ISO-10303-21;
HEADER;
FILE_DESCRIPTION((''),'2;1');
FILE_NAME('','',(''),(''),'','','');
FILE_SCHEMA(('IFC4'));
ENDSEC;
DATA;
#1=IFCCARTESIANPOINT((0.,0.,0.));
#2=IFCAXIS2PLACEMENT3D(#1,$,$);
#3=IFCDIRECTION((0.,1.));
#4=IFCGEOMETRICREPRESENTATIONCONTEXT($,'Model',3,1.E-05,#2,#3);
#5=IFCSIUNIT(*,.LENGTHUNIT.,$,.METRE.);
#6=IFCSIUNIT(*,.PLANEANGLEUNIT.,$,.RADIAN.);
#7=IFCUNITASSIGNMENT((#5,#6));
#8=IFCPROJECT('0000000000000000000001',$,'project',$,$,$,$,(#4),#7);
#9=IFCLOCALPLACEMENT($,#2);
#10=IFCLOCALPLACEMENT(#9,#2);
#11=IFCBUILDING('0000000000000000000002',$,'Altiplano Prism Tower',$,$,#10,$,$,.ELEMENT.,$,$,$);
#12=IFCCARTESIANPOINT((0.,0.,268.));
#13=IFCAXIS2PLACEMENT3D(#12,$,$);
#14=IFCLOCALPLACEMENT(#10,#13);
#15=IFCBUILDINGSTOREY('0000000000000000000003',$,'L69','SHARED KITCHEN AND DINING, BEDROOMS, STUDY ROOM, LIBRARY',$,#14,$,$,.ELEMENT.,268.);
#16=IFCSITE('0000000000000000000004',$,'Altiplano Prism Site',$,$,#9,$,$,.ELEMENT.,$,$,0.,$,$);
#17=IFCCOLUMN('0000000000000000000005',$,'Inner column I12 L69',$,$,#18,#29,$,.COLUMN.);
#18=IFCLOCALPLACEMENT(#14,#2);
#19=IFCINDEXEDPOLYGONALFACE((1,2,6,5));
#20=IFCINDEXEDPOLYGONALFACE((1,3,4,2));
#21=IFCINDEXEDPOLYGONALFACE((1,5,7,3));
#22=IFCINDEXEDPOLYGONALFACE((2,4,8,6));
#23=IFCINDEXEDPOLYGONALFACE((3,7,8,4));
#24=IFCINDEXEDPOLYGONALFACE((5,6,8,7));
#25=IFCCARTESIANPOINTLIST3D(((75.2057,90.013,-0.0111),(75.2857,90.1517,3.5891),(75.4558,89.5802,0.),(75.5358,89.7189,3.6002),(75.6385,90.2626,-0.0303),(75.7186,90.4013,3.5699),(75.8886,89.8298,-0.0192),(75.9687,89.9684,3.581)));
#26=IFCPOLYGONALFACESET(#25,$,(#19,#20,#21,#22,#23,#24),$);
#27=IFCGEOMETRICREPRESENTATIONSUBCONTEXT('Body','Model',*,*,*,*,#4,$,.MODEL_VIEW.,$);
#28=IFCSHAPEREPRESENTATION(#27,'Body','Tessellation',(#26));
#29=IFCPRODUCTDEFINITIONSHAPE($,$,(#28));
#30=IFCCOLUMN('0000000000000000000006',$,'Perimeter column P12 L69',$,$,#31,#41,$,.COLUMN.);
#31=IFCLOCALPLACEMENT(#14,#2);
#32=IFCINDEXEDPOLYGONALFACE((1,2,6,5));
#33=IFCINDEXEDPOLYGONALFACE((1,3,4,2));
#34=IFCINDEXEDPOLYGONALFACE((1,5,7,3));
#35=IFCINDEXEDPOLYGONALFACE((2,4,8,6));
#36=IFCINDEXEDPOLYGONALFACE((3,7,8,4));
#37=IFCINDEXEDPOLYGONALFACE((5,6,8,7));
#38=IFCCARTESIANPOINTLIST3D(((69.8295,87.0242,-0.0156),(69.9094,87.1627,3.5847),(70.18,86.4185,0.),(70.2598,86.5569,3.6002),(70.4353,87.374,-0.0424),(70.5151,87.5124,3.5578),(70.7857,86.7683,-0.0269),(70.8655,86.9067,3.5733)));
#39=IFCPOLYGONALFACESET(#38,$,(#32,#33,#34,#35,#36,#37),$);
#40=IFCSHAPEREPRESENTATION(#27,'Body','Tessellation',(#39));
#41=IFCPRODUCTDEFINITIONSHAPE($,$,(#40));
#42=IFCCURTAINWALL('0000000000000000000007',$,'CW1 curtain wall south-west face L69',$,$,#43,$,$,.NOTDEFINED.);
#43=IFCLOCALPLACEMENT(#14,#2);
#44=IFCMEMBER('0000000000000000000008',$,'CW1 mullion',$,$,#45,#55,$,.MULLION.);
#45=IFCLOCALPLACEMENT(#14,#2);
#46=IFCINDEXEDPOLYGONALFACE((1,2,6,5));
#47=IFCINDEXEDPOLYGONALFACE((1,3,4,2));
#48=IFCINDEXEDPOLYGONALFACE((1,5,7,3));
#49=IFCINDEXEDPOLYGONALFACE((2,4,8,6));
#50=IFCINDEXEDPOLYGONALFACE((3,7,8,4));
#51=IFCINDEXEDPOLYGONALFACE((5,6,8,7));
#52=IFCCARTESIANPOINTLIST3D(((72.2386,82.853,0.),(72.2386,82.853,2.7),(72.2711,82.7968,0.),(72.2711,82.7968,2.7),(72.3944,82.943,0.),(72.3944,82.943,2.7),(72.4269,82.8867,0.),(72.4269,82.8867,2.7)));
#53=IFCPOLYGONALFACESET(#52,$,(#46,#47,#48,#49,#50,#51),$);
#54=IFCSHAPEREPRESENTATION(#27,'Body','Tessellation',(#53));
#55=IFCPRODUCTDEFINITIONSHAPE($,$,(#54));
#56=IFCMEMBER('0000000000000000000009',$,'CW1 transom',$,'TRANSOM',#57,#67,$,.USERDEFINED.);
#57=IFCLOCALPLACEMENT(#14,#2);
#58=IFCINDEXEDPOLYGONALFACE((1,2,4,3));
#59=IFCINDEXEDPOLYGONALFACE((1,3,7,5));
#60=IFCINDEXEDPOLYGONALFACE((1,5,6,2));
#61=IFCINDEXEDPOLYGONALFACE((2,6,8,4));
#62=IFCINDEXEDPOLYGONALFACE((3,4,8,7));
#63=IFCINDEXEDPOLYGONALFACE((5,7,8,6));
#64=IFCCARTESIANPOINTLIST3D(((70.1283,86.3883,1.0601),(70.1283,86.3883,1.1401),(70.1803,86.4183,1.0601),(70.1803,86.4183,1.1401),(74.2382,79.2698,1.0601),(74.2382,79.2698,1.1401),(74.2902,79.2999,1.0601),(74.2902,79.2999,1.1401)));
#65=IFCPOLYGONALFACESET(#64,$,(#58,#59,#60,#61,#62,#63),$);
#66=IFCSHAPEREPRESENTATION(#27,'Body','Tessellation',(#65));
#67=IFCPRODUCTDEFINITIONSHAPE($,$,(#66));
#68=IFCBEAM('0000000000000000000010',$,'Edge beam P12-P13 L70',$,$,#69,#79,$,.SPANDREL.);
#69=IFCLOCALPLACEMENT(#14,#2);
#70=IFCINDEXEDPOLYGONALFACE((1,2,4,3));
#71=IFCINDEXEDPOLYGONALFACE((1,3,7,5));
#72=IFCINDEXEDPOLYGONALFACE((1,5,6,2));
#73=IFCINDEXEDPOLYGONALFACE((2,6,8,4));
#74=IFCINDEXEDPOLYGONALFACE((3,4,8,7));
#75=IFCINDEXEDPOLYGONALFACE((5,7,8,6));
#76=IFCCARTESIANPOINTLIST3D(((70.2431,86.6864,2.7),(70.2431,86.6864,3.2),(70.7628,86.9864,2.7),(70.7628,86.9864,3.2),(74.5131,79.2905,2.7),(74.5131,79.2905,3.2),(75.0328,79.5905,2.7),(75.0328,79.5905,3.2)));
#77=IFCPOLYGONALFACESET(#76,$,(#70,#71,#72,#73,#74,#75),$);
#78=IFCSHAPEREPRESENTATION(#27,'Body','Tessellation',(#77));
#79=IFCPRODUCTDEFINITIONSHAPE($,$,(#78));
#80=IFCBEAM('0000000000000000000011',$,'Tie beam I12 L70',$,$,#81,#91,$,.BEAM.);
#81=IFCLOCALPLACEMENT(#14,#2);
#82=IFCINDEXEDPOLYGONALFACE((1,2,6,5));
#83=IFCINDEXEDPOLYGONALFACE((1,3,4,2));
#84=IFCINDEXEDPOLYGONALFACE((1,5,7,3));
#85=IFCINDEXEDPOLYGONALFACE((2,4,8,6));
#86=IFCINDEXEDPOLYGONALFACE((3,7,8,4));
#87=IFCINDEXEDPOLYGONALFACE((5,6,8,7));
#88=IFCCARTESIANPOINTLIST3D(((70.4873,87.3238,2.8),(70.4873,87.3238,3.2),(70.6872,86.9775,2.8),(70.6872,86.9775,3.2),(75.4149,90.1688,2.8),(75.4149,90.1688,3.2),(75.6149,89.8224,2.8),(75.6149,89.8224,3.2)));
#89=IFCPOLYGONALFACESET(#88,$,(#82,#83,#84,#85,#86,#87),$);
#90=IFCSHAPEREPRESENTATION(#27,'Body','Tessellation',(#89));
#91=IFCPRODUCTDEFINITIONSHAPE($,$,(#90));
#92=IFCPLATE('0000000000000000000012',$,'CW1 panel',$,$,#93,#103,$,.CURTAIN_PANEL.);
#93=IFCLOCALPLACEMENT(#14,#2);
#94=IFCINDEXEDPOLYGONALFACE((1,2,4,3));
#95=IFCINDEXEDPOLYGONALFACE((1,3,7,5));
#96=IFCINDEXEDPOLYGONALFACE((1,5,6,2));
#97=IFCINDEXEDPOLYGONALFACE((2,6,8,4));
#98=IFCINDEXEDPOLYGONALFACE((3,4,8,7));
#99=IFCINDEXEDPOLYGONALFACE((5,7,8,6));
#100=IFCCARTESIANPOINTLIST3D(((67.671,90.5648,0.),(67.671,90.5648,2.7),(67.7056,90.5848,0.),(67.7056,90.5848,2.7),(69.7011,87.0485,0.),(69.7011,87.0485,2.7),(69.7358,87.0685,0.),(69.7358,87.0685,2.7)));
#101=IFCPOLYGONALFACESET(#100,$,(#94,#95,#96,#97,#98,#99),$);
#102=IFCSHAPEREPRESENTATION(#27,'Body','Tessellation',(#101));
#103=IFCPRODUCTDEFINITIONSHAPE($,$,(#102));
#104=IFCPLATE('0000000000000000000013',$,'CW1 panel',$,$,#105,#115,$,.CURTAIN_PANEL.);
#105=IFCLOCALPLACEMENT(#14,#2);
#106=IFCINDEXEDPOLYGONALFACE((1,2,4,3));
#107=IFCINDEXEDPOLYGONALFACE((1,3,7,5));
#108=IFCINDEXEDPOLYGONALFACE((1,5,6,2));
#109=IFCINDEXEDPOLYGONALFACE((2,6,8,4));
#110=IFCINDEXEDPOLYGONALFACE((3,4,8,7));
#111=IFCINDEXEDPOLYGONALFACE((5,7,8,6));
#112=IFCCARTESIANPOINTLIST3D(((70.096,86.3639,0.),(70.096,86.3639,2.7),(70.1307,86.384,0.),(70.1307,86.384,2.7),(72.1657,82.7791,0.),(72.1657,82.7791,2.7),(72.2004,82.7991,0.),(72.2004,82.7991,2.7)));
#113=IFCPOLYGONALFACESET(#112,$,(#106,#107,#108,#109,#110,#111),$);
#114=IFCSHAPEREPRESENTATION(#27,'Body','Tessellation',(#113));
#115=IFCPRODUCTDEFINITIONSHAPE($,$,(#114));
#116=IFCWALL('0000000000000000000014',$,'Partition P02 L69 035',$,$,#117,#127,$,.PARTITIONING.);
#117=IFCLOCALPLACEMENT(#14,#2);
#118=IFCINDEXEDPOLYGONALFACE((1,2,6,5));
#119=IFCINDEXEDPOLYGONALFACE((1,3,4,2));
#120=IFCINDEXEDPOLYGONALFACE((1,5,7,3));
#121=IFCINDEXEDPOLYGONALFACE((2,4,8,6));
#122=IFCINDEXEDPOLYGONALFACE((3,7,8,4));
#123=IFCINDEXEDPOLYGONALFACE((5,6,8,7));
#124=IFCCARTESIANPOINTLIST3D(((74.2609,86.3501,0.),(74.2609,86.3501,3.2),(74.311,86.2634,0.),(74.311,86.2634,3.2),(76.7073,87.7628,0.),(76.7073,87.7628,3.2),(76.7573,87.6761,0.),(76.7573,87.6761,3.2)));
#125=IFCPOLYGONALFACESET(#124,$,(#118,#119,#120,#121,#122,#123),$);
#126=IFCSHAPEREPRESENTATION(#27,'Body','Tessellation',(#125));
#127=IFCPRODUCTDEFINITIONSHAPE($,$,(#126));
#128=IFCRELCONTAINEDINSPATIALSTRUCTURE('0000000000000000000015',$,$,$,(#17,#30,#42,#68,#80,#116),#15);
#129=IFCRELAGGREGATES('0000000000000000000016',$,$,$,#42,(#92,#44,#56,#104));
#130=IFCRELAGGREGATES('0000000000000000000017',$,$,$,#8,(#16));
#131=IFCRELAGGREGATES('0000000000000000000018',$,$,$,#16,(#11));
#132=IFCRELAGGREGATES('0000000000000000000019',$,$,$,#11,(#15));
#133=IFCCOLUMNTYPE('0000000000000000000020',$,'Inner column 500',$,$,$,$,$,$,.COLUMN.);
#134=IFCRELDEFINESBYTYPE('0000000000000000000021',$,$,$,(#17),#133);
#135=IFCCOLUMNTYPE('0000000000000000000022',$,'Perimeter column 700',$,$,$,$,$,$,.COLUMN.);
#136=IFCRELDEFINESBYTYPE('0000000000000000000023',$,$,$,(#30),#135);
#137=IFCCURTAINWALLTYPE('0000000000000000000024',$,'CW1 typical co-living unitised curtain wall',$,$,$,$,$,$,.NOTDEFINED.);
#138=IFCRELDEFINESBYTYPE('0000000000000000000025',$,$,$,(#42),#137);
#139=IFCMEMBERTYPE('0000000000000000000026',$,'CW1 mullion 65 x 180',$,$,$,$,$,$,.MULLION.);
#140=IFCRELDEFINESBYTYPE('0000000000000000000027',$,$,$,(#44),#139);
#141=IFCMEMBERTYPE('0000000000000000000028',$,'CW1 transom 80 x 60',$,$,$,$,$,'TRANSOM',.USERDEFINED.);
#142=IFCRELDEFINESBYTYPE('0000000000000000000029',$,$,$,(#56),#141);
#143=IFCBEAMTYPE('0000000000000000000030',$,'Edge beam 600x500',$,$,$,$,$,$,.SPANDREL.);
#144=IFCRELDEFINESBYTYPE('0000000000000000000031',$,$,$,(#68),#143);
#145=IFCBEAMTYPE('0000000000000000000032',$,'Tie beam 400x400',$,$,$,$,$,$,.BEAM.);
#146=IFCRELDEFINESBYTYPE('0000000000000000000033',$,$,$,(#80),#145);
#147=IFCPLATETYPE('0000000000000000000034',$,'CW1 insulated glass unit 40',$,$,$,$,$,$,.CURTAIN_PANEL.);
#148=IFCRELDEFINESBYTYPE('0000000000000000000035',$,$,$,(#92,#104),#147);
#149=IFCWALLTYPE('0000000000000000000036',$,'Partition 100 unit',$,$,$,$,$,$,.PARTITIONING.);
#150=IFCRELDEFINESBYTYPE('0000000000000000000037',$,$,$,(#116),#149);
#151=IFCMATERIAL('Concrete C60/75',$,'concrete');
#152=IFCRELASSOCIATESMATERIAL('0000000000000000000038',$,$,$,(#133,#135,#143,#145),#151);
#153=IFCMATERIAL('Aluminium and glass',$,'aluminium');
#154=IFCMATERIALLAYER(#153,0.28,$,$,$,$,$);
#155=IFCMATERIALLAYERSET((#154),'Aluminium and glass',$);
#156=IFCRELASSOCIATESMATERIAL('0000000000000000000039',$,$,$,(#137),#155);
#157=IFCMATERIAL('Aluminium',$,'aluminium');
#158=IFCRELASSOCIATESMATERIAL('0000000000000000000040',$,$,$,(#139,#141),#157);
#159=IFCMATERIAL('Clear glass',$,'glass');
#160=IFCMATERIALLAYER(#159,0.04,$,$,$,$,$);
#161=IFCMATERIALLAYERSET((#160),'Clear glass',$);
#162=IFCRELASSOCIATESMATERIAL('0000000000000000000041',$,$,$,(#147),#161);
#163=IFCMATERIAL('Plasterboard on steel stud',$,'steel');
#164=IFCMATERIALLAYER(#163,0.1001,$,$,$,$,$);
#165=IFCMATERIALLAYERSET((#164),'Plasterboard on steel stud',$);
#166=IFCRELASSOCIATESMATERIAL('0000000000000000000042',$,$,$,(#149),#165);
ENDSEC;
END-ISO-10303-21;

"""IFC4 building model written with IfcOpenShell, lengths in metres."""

from ifc_helpers import new_model, si_unit, direction, frame, frame_2d, origin, origin_2d, place, context, subcontext, project, spatial, rectangle, extrude, material, layer, layer_set, material_profile, profile_set, type_object, element, aggregate, save


model = new_model("IFC4")

# Units and contexts
model_context = context("Model", 3, precision=1e-05, world=origin(), true_north=direction((0.0, 1.0)))
body_context = subcontext(model_context, "Body", "Model", "MODEL_VIEW")
ifc_project = project(units=[si_unit("LENGTHUNIT", "METRE"), si_unit("PLANEANGLEUNIT", "RADIAN")], contexts=[model_context])

# Site, building, storey
site_placement = place(None, origin())
site = spatial("IfcSite", under=ifc_project, at=site_placement, Name="Altiplano Prism Site", CompositionType="ELEMENT", RefElevation=0.0)
building_placement = place(site_placement, origin())
building = spatial("IfcBuilding", under=site, at=building_placement, Name="Altiplano Prism Tower", CompositionType="ELEMENT")
storey_placement = place(building_placement, frame((0.0, 0.0, 268.0)))
storey = spatial("IfcBuildingStorey", under=building, at=storey_placement, Name="L69", Description="SHARED KITCHEN AND DINING, BEDROOMS, STUDY ROOM, LIBRARY", CompositionType="ELEMENT", Elevation=268.0)

# Columns
ifc_material_1 = material(Name="Concrete C60/75", Category="concrete")
ifc_material_profile_1 = material_profile(ifc_material_1, rectangle(XDim=0.5, YDim=0.5, at=origin_2d()), Name="Inner column 500")
ifc_profile_set_1 = profile_set([ifc_material_profile_1], Name="Concrete C60/75")
column_type_1 = type_object("IfcColumnType", Name="Inner column 500", PredefinedType="COLUMN", material=ifc_profile_set_1)
column_1_placement = place(storey_placement, frame((75.5471, 89.9214, -0.0151), z_axis=(0.022221, 0.038481, 0.999012), x_axis=(-0.865642, -0.499182, 0.038483)))
element("IfcColumn", 1, at=column_1_placement, inside=storey, type_object=column_type_1, Name="Inner column I12 L69", PredefinedType="COLUMN", context=body_context, shape_type="SweptSolid", body=[
    extrude(rectangle(XDim=0.5, YDim=0.5, at=origin_2d()), origin(), (0.0, 0.0, 1.0), 3.6038),
])
ifc_material_profile_2 = material_profile(ifc_material_1, rectangle(XDim=0.7, YDim=0.7, at=origin_2d()), Name="Perimeter column 700")
ifc_profile_set_2 = profile_set([ifc_material_profile_2], Name="Concrete C60/75")
column_type_2 = type_object("IfcColumnType", Name="Perimeter column 700", PredefinedType="COLUMN", material=ifc_profile_set_2)
column_2_placement = place(storey_placement, frame((70.3076, 86.8962, -0.0212), z_axis=(0.022154, 0.038413, 0.999016), x_axis=(-0.865365, -0.499669, 0.038403)))
element("IfcColumn", 2, at=column_2_placement, inside=storey, type_object=column_type_2, Name="Perimeter column P12 L69", PredefinedType="COLUMN", context=body_context, shape_type="SweptSolid", body=[
    extrude(rectangle(XDim=0.7, YDim=0.7, at=origin_2d()), origin(), (0.0, 0.0, 1.0), 3.6038),
])

# Curtain wall, members
ifc_material_2 = material(Name="Aluminium and glass", Category="aluminium")
ifc_layer_1 = layer(ifc_material_2, 0.28)
ifc_layer_set_1 = layer_set([ifc_layer_1], Name="Aluminium and glass")
curtain_wall_type = type_object("IfcCurtainWallType", Name="CW1 typical co-living unitised curtain wall", PredefinedType="NOTDEFINED", material=ifc_layer_set_1)
curtain_wall_placement = place(storey_placement, origin())
curtain_wall = element("IfcCurtainWall", 3, at=curtain_wall_placement, inside=storey, type_object=curtain_wall_type, Name="CW1 curtain wall south-west face L69", PredefinedType="NOTDEFINED")
ifc_material_3 = material(Name="Aluminium", Category="aluminium")
ifc_material_profile_3 = material_profile(ifc_material_3, rectangle(XDim=0.1799, YDim=0.0649, at=origin_2d()), Name="CW1 mullion 65 x 180")
ifc_profile_set_3 = profile_set([ifc_material_profile_3], Name="Aluminium")
member_type_1 = type_object("IfcMemberType", Name="CW1 mullion 65 x 180", PredefinedType="MULLION", material=ifc_profile_set_3)
member_1_placement = place(storey_placement, frame((72.3328, 82.8699, 0.0), z_axis=(0.0, 0.0, 1.0), x_axis=(0.866025, 0.5, 0.0)))
member_1 = element("IfcMember", 4, at=member_1_placement, type_object=member_type_1, Name="CW1 mullion", PredefinedType="MULLION", context=body_context, shape_type="SweptSolid", body=[
    extrude(rectangle(XDim=0.1799, YDim=0.0649, at=origin_2d()), origin(), (0.0, 0.0, 1.0), 2.7),
])
ifc_material_profile_4 = material_profile(ifc_material_3, rectangle(XDim=0.0601, YDim=0.0801, at=origin_2d()), Name="CW1 transom 80 x 60")
ifc_profile_set_4 = profile_set([ifc_material_profile_4], Name="Aluminium")
member_type_2 = type_object("IfcMemberType", Name="CW1 transom 80 x 60", ElementType="TRANSOM", PredefinedType="USERDEFINED", material=ifc_profile_set_4)
member_2_placement = place(storey_placement, frame((70.1543, 86.4033, 1.1001), z_axis=(0.500004, -0.866023, 0.0), x_axis=(0.866023, 0.500004, 0.0)))
member_2 = element("IfcMember", 5, at=member_2_placement, type_object=member_type_2, Name="CW1 transom", ObjectType="TRANSOM", PredefinedType="USERDEFINED", context=body_context, shape_type="SweptSolid", body=[
    extrude(rectangle(XDim=0.0601, YDim=0.0801, at=origin_2d()), origin(), (0.0, 0.0, 1.0), 8.2197),
])

# Beams
ifc_material_profile_5 = material_profile(ifc_material_1, rectangle(XDim=0.6001, YDim=0.5, at=origin_2d()), Name="Edge beam 600x500")
ifc_profile_set_5 = profile_set([ifc_material_profile_5], Name="Concrete C60/75")
beam_type_1 = type_object("IfcBeamType", Name="Edge beam 600x500", PredefinedType="SPANDREL", material=ifc_profile_set_5)
beam_1_placement = place(storey_placement, frame((70.5029, 86.8364, 2.95), z_axis=(0.499995, -0.866028, 0.0), x_axis=(0.866028, 0.499995, 0.0)))
element("IfcBeam", 6, at=beam_1_placement, inside=storey, type_object=beam_type_1, Name="Edge beam P12-P13 L70", PredefinedType="SPANDREL", context=body_context, shape_type="SweptSolid", body=[
    extrude(rectangle(XDim=0.6001, YDim=0.5, at=origin_2d()), origin(), (0.0, 0.0, 1.0), 8.54),
])
ifc_material_profile_6 = material_profile(ifc_material_1, rectangle(XDim=0.3999, YDim=0.3999, at=origin_2d()), Name="Tie beam 400x400")
ifc_profile_set_6 = profile_set([ifc_material_profile_6], Name="Concrete C60/75")
beam_type_2 = type_object("IfcBeamType", Name="Tie beam 400x400", PredefinedType="BEAM", material=ifc_profile_set_6)
beam_2_placement = place(storey_placement, frame((75.5149, 89.9956, 3.0), z_axis=(-0.86603, -0.499992, 0.0), x_axis=(0.499992, -0.86603, 0.0)))
element("IfcBeam", 7, at=beam_2_placement, inside=storey, type_object=beam_type_2, Name="Tie beam I12 L70", PredefinedType="BEAM", context=body_context, shape_type="SweptSolid", body=[
    extrude(rectangle(XDim=0.3999, YDim=0.3999, at=origin_2d()), origin(), (0.0, 0.0, 1.0), 5.6899),
])

# Plates
ifc_material_4 = material(Name="Clear glass", Category="glass")
ifc_layer_2 = layer(ifc_material_4, 0.04)
ifc_layer_set_2 = layer_set([ifc_layer_2], Name="Clear glass")
plate_type = type_object("IfcPlateType", Name="CW1 insulated glass unit 40", PredefinedType="CURTAIN_PANEL", material=ifc_layer_set_2)
plate_1_placement = place(storey_placement, frame((68.7034, 88.8167, 0.0), z_axis=(0.0, 0.0, 1.0), x_axis=(0.5, -0.866025, 0.0)))
plate_1 = element("IfcPlate", 8, at=plate_1_placement, type_object=plate_type, Name="CW1 panel", PredefinedType="CURTAIN_PANEL", context=body_context, shape_type="SweptSolid", body=[
    extrude(rectangle(XDim=4.0603, YDim=0.04, at=origin_2d()), origin(), (0.0, 0.0, 1.0), 2.7),
])
plate_2_placement = place(storey_placement, frame((71.1482, 84.5815, 0.0), z_axis=(0.0, 0.0, 1.0), x_axis=(0.5, -0.866025, 0.0)))
plate_2 = element("IfcPlate", 9, at=plate_2_placement, type_object=plate_type, Name="CW1 panel", PredefinedType="CURTAIN_PANEL", context=body_context, shape_type="SweptSolid", body=[
    extrude(rectangle(XDim=4.1394, YDim=0.04, at=origin_2d()), origin(), (0.0, 0.0, 1.0), 2.7),
])
aggregate(curtain_wall, [plate_1, member_1, member_2, plate_2])

# Wall
ifc_material_5 = material(Name="Plasterboard on steel stud", Category="steel")
ifc_layer_3 = layer(ifc_material_5, 0.1001)
ifc_layer_set_3 = layer_set([ifc_layer_3], Name="Plasterboard on steel stud")
wall_type_1 = type_object("IfcWallType", Name="Partition 100 unit", PredefinedType="PARTITIONING", material=ifc_layer_set_3)
wall_1_placement = place(storey_placement, frame((76.7324, 87.7195, 0.0), z_axis=(0.0, 0.0, 1.0), x_axis=(-0.86599, -0.500062, 0.0)))
element("IfcWall", 10, at=wall_1_placement, inside=storey, type_object=wall_type_1, Name="Partition P02 L69 035", PredefinedType="PARTITIONING", context=body_context, shape_type="SweptSolid", body=[
    extrude(rectangle(XDim=2.825, YDim=0.1001, at=frame_2d((1.4126, 0.0))), origin(), (0.0, 0.0, 1.0), 3.2),
])

save(model, "model.ifc")
